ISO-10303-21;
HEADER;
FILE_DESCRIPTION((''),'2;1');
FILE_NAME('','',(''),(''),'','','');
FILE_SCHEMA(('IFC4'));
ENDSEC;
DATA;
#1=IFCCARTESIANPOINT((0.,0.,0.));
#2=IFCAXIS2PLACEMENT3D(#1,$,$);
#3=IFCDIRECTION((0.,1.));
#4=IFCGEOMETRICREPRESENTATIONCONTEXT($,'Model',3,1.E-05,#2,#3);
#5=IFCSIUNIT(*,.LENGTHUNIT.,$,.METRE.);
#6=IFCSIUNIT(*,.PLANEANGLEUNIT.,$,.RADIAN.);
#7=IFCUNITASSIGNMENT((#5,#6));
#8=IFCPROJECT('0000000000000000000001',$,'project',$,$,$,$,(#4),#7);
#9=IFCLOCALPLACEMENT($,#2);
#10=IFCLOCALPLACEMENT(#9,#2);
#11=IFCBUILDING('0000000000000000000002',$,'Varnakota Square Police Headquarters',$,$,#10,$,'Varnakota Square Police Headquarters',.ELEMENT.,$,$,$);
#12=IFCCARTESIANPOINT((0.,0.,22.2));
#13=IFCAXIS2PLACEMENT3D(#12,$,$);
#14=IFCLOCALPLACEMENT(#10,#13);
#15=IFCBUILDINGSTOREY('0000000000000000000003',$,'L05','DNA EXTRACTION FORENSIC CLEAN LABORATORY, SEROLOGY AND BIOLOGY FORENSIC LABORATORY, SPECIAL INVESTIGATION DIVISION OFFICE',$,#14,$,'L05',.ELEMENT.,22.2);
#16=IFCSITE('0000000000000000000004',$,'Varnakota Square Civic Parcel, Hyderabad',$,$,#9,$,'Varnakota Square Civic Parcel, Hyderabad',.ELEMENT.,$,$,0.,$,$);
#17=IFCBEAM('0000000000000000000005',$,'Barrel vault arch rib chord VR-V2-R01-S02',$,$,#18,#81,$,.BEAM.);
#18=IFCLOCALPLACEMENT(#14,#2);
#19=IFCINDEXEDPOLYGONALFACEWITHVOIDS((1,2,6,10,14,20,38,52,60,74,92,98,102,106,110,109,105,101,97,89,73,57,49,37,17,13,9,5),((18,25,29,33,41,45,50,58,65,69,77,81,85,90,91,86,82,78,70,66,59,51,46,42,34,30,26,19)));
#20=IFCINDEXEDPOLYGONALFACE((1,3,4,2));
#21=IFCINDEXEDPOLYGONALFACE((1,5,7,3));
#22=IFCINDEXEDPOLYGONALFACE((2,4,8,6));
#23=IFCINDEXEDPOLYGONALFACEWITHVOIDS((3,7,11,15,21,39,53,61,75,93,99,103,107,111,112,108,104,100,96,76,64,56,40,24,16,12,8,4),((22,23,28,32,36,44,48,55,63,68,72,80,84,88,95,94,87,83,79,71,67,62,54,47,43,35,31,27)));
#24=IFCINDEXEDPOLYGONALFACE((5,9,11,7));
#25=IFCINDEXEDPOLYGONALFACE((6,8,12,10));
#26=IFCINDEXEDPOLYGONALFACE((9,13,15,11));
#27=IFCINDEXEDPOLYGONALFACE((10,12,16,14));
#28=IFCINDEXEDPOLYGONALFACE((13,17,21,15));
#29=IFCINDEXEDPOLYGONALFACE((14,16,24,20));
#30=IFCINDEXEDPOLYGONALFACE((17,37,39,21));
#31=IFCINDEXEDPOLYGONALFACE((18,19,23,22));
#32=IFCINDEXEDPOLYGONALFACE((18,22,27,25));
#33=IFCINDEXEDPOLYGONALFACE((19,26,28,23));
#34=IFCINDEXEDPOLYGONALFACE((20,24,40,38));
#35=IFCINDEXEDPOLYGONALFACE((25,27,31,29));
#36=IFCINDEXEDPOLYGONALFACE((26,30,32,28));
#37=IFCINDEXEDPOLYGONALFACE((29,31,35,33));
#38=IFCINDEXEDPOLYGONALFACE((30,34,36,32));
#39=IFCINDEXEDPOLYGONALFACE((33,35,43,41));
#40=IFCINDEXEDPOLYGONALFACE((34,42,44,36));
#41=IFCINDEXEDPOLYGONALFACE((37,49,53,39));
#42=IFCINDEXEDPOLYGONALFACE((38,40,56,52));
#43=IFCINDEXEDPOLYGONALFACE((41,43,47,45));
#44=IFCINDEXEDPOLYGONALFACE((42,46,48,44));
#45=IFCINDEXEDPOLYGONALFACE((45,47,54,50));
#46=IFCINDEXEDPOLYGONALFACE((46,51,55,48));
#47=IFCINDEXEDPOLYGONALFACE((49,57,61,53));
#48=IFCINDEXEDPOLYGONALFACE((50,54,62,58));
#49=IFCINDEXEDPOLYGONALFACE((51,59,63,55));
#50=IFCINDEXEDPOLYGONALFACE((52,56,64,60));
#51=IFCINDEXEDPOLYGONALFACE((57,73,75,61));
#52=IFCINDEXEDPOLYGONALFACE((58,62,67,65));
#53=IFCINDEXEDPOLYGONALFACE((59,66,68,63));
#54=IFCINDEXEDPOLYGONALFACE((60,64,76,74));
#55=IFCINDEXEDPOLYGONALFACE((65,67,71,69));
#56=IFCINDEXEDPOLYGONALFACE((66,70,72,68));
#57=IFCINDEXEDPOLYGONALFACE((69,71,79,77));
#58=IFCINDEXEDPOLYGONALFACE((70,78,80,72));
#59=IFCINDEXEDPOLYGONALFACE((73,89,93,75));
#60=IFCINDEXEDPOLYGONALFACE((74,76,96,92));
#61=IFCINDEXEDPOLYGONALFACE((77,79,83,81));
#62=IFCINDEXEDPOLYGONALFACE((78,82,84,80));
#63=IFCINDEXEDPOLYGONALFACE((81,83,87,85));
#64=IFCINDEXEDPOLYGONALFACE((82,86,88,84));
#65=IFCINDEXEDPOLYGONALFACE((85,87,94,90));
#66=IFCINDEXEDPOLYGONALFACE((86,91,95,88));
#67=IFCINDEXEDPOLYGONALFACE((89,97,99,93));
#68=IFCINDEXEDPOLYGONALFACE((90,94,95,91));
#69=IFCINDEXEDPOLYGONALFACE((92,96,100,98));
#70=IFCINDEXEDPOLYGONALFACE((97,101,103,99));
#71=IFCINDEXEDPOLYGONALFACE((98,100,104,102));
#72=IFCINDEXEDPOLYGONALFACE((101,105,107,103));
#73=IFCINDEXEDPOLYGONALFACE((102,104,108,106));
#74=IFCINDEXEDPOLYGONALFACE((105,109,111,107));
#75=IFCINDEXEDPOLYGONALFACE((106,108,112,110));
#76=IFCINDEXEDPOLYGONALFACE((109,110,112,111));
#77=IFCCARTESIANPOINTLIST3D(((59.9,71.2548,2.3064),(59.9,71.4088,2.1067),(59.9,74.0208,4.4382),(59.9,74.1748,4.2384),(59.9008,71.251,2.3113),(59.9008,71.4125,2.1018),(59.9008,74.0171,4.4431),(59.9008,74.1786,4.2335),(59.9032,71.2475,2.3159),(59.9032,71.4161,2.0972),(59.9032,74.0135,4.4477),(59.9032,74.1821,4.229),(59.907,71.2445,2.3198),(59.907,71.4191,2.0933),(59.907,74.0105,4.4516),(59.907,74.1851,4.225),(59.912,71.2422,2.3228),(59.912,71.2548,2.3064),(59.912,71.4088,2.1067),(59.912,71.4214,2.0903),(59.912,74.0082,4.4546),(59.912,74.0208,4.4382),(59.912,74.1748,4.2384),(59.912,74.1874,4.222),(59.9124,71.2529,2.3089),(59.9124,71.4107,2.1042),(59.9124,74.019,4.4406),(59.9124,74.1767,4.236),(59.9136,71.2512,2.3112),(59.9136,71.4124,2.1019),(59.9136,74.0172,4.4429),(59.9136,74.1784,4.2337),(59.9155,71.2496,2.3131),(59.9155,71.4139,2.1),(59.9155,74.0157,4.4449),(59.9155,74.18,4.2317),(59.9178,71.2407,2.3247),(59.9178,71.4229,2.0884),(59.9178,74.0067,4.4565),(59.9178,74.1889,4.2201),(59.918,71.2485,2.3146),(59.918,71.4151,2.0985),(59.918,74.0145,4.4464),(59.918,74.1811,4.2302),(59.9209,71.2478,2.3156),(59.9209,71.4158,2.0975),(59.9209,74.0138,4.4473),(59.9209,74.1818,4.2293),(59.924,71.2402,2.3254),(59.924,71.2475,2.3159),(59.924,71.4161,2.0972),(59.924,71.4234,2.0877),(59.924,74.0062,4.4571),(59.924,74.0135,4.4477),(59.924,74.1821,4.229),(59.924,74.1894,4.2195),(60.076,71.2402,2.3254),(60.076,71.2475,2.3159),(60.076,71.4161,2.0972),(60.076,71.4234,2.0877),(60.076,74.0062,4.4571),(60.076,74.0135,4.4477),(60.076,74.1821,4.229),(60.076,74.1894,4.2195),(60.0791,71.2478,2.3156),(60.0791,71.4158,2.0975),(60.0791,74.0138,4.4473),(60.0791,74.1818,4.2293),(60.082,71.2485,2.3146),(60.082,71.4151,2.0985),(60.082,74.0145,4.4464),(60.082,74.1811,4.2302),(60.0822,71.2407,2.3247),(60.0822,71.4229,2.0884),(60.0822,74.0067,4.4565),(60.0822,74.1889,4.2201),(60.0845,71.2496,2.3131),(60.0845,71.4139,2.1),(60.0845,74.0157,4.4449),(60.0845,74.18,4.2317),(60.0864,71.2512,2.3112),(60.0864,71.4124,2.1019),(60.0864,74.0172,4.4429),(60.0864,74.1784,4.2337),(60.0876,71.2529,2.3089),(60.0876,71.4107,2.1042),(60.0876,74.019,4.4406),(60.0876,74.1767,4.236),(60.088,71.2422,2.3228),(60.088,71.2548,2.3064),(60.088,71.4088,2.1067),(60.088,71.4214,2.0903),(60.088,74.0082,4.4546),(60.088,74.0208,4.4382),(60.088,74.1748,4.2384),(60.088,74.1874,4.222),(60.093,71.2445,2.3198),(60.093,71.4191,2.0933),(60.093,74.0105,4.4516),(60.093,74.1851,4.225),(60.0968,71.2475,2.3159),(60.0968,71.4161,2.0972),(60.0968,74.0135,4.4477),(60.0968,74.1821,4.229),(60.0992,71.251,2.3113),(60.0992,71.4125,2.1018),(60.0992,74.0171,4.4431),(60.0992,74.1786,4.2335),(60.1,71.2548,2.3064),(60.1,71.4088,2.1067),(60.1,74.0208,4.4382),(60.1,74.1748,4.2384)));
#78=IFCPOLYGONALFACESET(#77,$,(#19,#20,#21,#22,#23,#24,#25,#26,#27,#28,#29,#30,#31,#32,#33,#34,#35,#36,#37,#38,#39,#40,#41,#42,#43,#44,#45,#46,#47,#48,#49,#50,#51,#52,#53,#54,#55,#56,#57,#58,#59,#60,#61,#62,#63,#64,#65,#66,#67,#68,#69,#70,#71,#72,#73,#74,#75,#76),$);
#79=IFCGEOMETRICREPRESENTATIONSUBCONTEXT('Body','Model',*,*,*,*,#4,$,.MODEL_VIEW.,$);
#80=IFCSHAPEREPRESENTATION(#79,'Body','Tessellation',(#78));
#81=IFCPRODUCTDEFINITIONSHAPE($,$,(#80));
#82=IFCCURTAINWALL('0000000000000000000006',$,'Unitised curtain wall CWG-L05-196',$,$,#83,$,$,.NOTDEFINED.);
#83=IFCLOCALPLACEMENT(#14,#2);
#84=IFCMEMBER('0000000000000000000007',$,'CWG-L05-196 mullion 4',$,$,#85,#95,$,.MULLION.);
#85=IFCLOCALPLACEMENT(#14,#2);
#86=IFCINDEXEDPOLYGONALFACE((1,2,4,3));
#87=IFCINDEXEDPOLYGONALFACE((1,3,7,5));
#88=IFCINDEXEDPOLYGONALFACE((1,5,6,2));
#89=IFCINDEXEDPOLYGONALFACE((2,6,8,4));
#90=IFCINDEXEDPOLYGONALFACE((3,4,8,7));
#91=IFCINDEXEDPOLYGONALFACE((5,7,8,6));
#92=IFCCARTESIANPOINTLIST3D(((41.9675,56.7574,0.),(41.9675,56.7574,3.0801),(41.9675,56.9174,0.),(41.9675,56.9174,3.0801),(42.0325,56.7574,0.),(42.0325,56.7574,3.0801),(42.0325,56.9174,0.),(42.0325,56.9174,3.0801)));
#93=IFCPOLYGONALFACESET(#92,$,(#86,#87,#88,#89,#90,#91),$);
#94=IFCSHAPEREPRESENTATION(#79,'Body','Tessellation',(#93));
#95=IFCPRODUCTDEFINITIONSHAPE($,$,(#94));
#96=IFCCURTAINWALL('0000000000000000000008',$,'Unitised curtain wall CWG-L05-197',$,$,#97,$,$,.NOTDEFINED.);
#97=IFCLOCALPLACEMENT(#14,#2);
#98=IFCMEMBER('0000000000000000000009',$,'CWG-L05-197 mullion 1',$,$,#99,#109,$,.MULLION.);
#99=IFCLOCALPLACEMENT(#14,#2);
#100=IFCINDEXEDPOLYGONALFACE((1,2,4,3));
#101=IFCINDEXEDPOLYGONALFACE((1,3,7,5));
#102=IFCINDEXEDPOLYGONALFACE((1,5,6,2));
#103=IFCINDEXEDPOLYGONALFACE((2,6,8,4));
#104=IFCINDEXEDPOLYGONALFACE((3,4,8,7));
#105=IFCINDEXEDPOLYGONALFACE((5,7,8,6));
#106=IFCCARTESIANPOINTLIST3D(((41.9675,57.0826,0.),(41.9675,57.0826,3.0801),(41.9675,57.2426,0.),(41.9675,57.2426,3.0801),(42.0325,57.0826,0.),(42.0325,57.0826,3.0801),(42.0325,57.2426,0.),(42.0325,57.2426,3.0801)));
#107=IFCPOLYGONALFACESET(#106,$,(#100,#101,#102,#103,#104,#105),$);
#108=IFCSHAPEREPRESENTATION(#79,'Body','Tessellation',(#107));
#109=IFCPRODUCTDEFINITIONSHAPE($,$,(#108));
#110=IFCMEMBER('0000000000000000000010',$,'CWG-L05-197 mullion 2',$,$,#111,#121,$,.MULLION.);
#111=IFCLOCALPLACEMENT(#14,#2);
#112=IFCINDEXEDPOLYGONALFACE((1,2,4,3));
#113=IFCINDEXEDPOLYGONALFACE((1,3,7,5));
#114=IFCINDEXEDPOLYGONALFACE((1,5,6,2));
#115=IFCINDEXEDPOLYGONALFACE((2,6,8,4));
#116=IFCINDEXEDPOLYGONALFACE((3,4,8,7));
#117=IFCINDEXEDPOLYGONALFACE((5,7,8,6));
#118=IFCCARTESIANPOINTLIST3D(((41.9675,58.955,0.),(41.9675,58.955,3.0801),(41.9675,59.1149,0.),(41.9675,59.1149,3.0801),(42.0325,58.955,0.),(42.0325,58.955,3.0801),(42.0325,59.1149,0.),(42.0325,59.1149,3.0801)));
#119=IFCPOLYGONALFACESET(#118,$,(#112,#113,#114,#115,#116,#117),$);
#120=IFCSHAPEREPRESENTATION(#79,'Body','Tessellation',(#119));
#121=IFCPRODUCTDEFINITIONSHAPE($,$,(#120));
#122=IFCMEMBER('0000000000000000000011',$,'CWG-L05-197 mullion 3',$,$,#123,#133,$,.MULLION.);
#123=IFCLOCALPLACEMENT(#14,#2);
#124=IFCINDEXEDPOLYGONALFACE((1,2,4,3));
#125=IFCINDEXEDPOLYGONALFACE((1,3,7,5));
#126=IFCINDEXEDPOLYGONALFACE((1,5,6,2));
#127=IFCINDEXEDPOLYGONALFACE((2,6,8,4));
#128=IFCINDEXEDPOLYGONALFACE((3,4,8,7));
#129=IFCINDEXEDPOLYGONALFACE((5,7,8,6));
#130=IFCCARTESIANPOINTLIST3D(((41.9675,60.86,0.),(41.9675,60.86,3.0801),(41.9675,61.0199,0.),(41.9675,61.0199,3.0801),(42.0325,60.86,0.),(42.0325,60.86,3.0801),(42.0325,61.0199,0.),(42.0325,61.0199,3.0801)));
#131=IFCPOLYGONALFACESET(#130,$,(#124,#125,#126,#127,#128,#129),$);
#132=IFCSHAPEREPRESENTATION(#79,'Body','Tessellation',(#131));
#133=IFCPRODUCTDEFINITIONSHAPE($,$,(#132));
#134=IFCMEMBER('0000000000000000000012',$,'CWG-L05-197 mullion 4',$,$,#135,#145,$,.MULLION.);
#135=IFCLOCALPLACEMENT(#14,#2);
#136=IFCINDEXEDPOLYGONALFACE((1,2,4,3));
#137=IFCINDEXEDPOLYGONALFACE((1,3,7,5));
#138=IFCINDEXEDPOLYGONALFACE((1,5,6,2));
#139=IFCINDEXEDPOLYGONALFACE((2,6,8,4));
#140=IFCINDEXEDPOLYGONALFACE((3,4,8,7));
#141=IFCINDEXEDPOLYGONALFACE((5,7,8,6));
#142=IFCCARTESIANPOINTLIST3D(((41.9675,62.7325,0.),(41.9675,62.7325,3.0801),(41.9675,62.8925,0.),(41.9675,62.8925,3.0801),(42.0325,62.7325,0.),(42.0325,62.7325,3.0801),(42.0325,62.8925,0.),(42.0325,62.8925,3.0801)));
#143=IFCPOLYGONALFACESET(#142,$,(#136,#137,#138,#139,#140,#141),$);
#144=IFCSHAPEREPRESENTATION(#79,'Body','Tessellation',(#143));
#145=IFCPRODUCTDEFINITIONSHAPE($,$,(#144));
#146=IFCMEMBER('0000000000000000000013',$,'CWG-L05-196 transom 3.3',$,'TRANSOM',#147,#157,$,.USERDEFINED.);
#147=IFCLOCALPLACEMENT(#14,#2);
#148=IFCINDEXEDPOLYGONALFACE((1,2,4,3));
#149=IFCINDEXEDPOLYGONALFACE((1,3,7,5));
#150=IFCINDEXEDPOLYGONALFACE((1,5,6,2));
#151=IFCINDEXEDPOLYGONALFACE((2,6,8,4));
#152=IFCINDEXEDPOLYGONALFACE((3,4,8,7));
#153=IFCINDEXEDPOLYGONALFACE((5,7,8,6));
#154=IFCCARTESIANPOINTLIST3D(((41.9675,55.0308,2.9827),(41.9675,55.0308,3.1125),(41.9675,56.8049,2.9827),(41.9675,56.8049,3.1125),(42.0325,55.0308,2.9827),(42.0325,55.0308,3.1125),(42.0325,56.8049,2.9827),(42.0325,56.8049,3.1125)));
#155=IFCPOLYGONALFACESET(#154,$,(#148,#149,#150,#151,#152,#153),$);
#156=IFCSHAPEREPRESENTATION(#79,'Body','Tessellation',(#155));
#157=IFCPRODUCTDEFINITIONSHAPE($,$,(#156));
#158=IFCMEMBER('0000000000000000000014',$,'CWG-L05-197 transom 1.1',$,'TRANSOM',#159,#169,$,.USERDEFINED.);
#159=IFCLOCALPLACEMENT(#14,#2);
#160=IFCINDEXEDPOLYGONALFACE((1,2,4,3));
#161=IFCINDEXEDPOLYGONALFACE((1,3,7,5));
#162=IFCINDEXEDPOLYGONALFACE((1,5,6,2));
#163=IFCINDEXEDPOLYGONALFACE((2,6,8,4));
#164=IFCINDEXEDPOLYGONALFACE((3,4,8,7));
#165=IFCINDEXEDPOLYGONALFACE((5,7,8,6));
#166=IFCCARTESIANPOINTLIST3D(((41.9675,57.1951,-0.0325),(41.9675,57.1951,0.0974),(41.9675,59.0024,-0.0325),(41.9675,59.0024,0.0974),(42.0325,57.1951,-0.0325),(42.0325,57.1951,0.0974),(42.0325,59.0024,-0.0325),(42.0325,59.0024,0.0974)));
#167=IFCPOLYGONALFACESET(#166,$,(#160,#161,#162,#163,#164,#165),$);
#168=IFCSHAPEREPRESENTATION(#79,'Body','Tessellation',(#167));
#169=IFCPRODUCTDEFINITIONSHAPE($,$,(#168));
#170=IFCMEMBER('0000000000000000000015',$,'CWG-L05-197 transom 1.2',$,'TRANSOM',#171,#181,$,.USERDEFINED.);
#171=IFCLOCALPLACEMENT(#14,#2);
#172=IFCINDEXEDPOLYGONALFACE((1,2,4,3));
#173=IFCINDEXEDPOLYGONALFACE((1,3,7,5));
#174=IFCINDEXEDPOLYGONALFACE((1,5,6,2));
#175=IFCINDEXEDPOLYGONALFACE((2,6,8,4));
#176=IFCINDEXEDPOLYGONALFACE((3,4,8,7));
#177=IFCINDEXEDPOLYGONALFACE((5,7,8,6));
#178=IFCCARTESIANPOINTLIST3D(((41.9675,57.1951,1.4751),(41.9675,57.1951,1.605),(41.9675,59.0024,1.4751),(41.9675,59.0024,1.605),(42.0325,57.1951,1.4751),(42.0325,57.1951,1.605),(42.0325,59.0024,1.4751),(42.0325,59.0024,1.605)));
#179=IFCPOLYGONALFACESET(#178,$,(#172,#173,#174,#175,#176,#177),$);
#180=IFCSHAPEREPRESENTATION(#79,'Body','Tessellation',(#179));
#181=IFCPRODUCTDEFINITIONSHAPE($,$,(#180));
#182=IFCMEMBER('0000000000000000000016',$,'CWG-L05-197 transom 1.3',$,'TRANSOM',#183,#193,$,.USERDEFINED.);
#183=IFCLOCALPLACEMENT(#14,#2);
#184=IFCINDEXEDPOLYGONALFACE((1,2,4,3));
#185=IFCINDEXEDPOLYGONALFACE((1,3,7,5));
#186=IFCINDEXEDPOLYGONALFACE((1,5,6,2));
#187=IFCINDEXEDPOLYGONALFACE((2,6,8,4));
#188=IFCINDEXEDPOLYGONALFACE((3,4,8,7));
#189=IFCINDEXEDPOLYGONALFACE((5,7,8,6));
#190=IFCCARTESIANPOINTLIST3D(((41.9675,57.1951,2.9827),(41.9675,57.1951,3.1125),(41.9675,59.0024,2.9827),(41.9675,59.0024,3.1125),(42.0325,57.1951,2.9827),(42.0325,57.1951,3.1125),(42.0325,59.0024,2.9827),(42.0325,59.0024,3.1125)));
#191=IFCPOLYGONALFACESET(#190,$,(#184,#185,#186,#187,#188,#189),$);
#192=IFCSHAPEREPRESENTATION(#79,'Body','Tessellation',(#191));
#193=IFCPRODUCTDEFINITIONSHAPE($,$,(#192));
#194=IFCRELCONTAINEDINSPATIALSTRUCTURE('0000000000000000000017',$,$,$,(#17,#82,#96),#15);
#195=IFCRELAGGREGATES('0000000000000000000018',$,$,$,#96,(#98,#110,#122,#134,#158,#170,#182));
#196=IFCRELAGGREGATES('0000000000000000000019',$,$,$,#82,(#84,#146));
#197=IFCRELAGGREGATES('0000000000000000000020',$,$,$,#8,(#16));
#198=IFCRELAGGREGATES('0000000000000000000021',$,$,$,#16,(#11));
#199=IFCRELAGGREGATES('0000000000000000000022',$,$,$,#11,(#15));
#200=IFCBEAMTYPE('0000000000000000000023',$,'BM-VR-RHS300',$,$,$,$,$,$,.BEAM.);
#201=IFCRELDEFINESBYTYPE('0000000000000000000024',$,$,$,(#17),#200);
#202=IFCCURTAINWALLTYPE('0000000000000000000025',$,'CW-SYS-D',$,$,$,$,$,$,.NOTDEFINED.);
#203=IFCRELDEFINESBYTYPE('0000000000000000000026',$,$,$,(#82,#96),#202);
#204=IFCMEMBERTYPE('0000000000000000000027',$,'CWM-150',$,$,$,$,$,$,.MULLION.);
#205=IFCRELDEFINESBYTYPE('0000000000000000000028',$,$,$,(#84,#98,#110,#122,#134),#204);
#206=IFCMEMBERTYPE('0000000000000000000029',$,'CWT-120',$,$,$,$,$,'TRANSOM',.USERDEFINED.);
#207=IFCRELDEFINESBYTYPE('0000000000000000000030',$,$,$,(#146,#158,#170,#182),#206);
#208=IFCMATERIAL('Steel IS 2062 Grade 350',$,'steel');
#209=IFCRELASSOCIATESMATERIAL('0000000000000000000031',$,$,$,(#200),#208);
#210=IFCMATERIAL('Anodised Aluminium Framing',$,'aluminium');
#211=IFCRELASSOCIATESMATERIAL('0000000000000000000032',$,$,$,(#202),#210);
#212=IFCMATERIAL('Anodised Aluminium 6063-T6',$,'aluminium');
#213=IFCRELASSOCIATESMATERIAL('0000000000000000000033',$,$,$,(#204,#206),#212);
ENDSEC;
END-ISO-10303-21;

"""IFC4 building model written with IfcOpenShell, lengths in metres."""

from ifc_helpers import new_model, si_unit, direction, frame, origin, origin_2d, place, context, subcontext, project, spatial, rectangle, hollow_rectangle, extrude, material, material_profile, profile_set, type_object, element, aggregate, save


model = new_model("IFC4")

# Units and contexts
model_context = context("Model", 3, precision=1e-05, world=origin(), true_north=direction((0.0, 1.0)))
body_context = subcontext(model_context, "Body", "Model", "MODEL_VIEW")
ifc_project = project(units=[si_unit("LENGTHUNIT", "METRE"), si_unit("PLANEANGLEUNIT", "RADIAN")], contexts=[model_context])

# Site, building, storey
site_placement = place(None, origin())
site = spatial("IfcSite", under=ifc_project, at=site_placement, Name="Varnakota Square Civic Parcel, Hyderabad", LongName="Varnakota Square Civic Parcel, Hyderabad", CompositionType="ELEMENT", RefElevation=0.0)
building_placement = place(site_placement, origin())
building = spatial("IfcBuilding", under=site, at=building_placement, Name="Varnakota Square Police Headquarters", LongName="Varnakota Square Police Headquarters", CompositionType="ELEMENT")
storey_placement = place(building_placement, frame((0.0, 0.0, 22.2)))
storey = spatial("IfcBuildingStorey", under=building, at=storey_placement, Name="L05", Description="DNA EXTRACTION FORENSIC CLEAN LABORATORY, SEROLOGY AND BIOLOGY FORENSIC LABORATORY, SPECIAL INVESTIGATION DIVISION OFFICE", LongName="L05", CompositionType="ELEMENT", Elevation=22.2)

# Shared definitions
ifc_material_1 = material(Name="Steel IS 2062 Grade 350", Category="steel")

# Beam
ifc_material_profile_1 = material_profile(ifc_material_1, hollow_rectangle(XDim=0.2, YDim=0.3, WallThickness=0.012, InnerFilletRadius=0.012, OuterFilletRadius=0.0239, at=origin_2d()), Name="RHS 300x200x12")
ifc_profile_set_1 = profile_set([ifc_material_profile_1], Name="Steel IS 2062 Grade 350")
beam_type_1 = type_object("IfcBeamType", Name="BM-VR-RHS300", PredefinedType="BEAM", material=ifc_profile_set_1)
beam_1_placement = place(storey_placement, frame((60.0, 71.3318, 2.2065), z_axis=(0.0, 0.792062, 0.61044), x_axis=(-1.0, 0.0, 0.0)))
element("IfcBeam", 1, at=beam_1_placement, inside=storey, type_object=beam_type_1, Name="Barrel vault arch rib chord VR-V2-R01-S02", PredefinedType="BEAM", context=body_context, shape_type="SweptSolid", body=[
    extrude(hollow_rectangle(XDim=0.2, YDim=0.3, WallThickness=0.012, InnerFilletRadius=0.012, OuterFilletRadius=0.0239, at=origin_2d()), origin(), (0.0, 0.0, 1.0), 3.4922),
])

# Curtain wall, member
ifc_material_2 = material(Name="Anodised Aluminium Framing", Category="aluminium")
curtain_wall_type = type_object("IfcCurtainWallType", Name="CW-SYS-D", PredefinedType="NOTDEFINED", material=ifc_material_2)
curtain_wall_1_placement = place(storey_placement, origin())
curtain_wall_1 = element("IfcCurtainWall", 2, at=curtain_wall_1_placement, inside=storey, type_object=curtain_wall_type, Name="Unitised curtain wall CWG-L05-196", PredefinedType="NOTDEFINED")
ifc_material_3 = material(Name="Anodised Aluminium 6063-T6", Category="aluminium")
ifc_material_profile_2 = material_profile(ifc_material_3, rectangle(XDim=0.0649, YDim=0.1599, at=origin_2d()), Name="ALU MULLION 65x160")
ifc_profile_set_2 = profile_set([ifc_material_profile_2], Name="Anodised Aluminium 6063-T6")
member_type_1 = type_object("IfcMemberType", Name="CWM-150", PredefinedType="MULLION", material=ifc_profile_set_2)
member_1_placement = place(storey_placement, frame((42.0, 56.8374, 0.0), z_axis=(0.0, 0.0, 1.0), x_axis=(-1.0, 0.0, 0.0)))
member_1 = element("IfcMember", 3, at=member_1_placement, type_object=member_type_1, Name="CWG-L05-196 mullion 4", PredefinedType="MULLION", context=body_context, shape_type="SweptSolid", body=[
    extrude(rectangle(XDim=0.0649, YDim=0.1599, at=origin_2d()), origin(), (0.0, 0.0, 1.0), 3.0801),
])

# Curtain wall, members
curtain_wall_2_placement = place(storey_placement, origin())
curtain_wall_2 = element("IfcCurtainWall", 4, at=curtain_wall_2_placement, inside=storey, type_object=curtain_wall_type, Name="Unitised curtain wall CWG-L05-197", PredefinedType="NOTDEFINED")
member_2_placement = place(storey_placement, frame((42.0, 57.1626, 0.0), z_axis=(0.0, 0.0, 1.0), x_axis=(-1.0, 0.0, 0.0)))
member_2 = element("IfcMember", 5, at=member_2_placement, type_object=member_type_1, Name="CWG-L05-197 mullion 1", PredefinedType="MULLION", context=body_context, shape_type="SweptSolid", body=[
    extrude(rectangle(XDim=0.0649, YDim=0.1599, at=origin_2d()), origin(), (0.0, 0.0, 1.0), 3.0801),
])
member_3_placement = place(storey_placement, frame((42.0, 59.0349, 0.0), z_axis=(0.0, 0.0, 1.0), x_axis=(-1.0, 0.0, 0.0)))
member_3 = element("IfcMember", 6, at=member_3_placement, type_object=member_type_1, Name="CWG-L05-197 mullion 2", PredefinedType="MULLION", context=body_context, shape_type="SweptSolid", body=[
    extrude(rectangle(XDim=0.0649, YDim=0.1599, at=origin_2d()), origin(), (0.0, 0.0, 1.0), 3.0801),
])
member_4_placement = place(storey_placement, frame((42.0, 60.9399, 0.0), z_axis=(0.0, 0.0, 1.0), x_axis=(-1.0, 0.0, 0.0)))
member_4 = element("IfcMember", 7, at=member_4_placement, type_object=member_type_1, Name="CWG-L05-197 mullion 3", PredefinedType="MULLION", context=body_context, shape_type="SweptSolid", body=[
    extrude(rectangle(XDim=0.0649, YDim=0.1599, at=origin_2d()), origin(), (0.0, 0.0, 1.0), 3.0801),
])
member_5_placement = place(storey_placement, frame((42.0, 62.8125, 0.0), z_axis=(0.0, 0.0, 1.0), x_axis=(-1.0, 0.0, 0.0)))
member_5 = element("IfcMember", 8, at=member_5_placement, type_object=member_type_1, Name="CWG-L05-197 mullion 4", PredefinedType="MULLION", context=body_context, shape_type="SweptSolid", body=[
    extrude(rectangle(XDim=0.0649, YDim=0.1599, at=origin_2d()), origin(), (0.0, 0.0, 1.0), 3.0801),
])

# Members
ifc_material_profile_3 = material_profile(ifc_material_3, rectangle(XDim=0.0649, YDim=0.1299, at=origin_2d()), Name="ALU TRANSOM 65x130")
ifc_profile_set_3 = profile_set([ifc_material_profile_3], Name="Anodised Aluminium 6063-T6")
member_type_2 = type_object("IfcMemberType", Name="CWT-120", ElementType="TRANSOM", PredefinedType="USERDEFINED", material=ifc_profile_set_3)
member_6_placement = place(storey_placement, frame((42.0, 55.0308, 3.0476), z_axis=(0.0, 1.0, 0.0), x_axis=(-1.0, 0.0, 0.0)))
member_6 = element("IfcMember", 9, at=member_6_placement, type_object=member_type_2, Name="CWG-L05-196 transom 3.3", ObjectType="TRANSOM", PredefinedType="USERDEFINED", context=body_context, shape_type="SweptSolid", body=[
    extrude(rectangle(XDim=0.0649, YDim=0.1299, at=origin_2d()), origin(), (0.0, 0.0, 1.0), 1.7742),
])
member_7_placement = place(storey_placement, frame((42.0, 57.1951, 0.0325), z_axis=(0.0, 1.0, 0.0), x_axis=(-1.0, 0.0, 0.0)))
member_7 = element("IfcMember", 10, at=member_7_placement, type_object=member_type_2, Name="CWG-L05-197 transom 1.1", ObjectType="TRANSOM", PredefinedType="USERDEFINED", context=body_context, shape_type="SweptSolid", body=[
    extrude(rectangle(XDim=0.0649, YDim=0.1299, at=origin_2d()), origin(), (0.0, 0.0, 1.0), 1.8074),
])
member_8_placement = place(storey_placement, frame((42.0, 57.1951, 1.54), z_axis=(0.0, 1.0, 0.0), x_axis=(-1.0, 0.0, 0.0)))
member_8 = element("IfcMember", 11, at=member_8_placement, type_object=member_type_2, Name="CWG-L05-197 transom 1.2", ObjectType="TRANSOM", PredefinedType="USERDEFINED", context=body_context, shape_type="SweptSolid", body=[
    extrude(rectangle(XDim=0.0649, YDim=0.1299, at=origin_2d()), origin(), (0.0, 0.0, 1.0), 1.8074),
])
member_9_placement = place(storey_placement, frame((42.0, 57.1951, 3.0476), z_axis=(0.0, 1.0, 0.0), x_axis=(-1.0, 0.0, 0.0)))
member_9 = element("IfcMember", 12, at=member_9_placement, type_object=member_type_2, Name="CWG-L05-197 transom 1.3", ObjectType="TRANSOM", PredefinedType="USERDEFINED", context=body_context, shape_type="SweptSolid", body=[
    extrude(rectangle(XDim=0.0649, YDim=0.1299, at=origin_2d()), origin(), (0.0, 0.0, 1.0), 1.8074),
])

aggregate(curtain_wall_2, [member_2, member_3, member_4, member_5, member_7, member_8, member_9])
aggregate(curtain_wall_1, [member_1, member_6])

save(model, "model.ifc")
